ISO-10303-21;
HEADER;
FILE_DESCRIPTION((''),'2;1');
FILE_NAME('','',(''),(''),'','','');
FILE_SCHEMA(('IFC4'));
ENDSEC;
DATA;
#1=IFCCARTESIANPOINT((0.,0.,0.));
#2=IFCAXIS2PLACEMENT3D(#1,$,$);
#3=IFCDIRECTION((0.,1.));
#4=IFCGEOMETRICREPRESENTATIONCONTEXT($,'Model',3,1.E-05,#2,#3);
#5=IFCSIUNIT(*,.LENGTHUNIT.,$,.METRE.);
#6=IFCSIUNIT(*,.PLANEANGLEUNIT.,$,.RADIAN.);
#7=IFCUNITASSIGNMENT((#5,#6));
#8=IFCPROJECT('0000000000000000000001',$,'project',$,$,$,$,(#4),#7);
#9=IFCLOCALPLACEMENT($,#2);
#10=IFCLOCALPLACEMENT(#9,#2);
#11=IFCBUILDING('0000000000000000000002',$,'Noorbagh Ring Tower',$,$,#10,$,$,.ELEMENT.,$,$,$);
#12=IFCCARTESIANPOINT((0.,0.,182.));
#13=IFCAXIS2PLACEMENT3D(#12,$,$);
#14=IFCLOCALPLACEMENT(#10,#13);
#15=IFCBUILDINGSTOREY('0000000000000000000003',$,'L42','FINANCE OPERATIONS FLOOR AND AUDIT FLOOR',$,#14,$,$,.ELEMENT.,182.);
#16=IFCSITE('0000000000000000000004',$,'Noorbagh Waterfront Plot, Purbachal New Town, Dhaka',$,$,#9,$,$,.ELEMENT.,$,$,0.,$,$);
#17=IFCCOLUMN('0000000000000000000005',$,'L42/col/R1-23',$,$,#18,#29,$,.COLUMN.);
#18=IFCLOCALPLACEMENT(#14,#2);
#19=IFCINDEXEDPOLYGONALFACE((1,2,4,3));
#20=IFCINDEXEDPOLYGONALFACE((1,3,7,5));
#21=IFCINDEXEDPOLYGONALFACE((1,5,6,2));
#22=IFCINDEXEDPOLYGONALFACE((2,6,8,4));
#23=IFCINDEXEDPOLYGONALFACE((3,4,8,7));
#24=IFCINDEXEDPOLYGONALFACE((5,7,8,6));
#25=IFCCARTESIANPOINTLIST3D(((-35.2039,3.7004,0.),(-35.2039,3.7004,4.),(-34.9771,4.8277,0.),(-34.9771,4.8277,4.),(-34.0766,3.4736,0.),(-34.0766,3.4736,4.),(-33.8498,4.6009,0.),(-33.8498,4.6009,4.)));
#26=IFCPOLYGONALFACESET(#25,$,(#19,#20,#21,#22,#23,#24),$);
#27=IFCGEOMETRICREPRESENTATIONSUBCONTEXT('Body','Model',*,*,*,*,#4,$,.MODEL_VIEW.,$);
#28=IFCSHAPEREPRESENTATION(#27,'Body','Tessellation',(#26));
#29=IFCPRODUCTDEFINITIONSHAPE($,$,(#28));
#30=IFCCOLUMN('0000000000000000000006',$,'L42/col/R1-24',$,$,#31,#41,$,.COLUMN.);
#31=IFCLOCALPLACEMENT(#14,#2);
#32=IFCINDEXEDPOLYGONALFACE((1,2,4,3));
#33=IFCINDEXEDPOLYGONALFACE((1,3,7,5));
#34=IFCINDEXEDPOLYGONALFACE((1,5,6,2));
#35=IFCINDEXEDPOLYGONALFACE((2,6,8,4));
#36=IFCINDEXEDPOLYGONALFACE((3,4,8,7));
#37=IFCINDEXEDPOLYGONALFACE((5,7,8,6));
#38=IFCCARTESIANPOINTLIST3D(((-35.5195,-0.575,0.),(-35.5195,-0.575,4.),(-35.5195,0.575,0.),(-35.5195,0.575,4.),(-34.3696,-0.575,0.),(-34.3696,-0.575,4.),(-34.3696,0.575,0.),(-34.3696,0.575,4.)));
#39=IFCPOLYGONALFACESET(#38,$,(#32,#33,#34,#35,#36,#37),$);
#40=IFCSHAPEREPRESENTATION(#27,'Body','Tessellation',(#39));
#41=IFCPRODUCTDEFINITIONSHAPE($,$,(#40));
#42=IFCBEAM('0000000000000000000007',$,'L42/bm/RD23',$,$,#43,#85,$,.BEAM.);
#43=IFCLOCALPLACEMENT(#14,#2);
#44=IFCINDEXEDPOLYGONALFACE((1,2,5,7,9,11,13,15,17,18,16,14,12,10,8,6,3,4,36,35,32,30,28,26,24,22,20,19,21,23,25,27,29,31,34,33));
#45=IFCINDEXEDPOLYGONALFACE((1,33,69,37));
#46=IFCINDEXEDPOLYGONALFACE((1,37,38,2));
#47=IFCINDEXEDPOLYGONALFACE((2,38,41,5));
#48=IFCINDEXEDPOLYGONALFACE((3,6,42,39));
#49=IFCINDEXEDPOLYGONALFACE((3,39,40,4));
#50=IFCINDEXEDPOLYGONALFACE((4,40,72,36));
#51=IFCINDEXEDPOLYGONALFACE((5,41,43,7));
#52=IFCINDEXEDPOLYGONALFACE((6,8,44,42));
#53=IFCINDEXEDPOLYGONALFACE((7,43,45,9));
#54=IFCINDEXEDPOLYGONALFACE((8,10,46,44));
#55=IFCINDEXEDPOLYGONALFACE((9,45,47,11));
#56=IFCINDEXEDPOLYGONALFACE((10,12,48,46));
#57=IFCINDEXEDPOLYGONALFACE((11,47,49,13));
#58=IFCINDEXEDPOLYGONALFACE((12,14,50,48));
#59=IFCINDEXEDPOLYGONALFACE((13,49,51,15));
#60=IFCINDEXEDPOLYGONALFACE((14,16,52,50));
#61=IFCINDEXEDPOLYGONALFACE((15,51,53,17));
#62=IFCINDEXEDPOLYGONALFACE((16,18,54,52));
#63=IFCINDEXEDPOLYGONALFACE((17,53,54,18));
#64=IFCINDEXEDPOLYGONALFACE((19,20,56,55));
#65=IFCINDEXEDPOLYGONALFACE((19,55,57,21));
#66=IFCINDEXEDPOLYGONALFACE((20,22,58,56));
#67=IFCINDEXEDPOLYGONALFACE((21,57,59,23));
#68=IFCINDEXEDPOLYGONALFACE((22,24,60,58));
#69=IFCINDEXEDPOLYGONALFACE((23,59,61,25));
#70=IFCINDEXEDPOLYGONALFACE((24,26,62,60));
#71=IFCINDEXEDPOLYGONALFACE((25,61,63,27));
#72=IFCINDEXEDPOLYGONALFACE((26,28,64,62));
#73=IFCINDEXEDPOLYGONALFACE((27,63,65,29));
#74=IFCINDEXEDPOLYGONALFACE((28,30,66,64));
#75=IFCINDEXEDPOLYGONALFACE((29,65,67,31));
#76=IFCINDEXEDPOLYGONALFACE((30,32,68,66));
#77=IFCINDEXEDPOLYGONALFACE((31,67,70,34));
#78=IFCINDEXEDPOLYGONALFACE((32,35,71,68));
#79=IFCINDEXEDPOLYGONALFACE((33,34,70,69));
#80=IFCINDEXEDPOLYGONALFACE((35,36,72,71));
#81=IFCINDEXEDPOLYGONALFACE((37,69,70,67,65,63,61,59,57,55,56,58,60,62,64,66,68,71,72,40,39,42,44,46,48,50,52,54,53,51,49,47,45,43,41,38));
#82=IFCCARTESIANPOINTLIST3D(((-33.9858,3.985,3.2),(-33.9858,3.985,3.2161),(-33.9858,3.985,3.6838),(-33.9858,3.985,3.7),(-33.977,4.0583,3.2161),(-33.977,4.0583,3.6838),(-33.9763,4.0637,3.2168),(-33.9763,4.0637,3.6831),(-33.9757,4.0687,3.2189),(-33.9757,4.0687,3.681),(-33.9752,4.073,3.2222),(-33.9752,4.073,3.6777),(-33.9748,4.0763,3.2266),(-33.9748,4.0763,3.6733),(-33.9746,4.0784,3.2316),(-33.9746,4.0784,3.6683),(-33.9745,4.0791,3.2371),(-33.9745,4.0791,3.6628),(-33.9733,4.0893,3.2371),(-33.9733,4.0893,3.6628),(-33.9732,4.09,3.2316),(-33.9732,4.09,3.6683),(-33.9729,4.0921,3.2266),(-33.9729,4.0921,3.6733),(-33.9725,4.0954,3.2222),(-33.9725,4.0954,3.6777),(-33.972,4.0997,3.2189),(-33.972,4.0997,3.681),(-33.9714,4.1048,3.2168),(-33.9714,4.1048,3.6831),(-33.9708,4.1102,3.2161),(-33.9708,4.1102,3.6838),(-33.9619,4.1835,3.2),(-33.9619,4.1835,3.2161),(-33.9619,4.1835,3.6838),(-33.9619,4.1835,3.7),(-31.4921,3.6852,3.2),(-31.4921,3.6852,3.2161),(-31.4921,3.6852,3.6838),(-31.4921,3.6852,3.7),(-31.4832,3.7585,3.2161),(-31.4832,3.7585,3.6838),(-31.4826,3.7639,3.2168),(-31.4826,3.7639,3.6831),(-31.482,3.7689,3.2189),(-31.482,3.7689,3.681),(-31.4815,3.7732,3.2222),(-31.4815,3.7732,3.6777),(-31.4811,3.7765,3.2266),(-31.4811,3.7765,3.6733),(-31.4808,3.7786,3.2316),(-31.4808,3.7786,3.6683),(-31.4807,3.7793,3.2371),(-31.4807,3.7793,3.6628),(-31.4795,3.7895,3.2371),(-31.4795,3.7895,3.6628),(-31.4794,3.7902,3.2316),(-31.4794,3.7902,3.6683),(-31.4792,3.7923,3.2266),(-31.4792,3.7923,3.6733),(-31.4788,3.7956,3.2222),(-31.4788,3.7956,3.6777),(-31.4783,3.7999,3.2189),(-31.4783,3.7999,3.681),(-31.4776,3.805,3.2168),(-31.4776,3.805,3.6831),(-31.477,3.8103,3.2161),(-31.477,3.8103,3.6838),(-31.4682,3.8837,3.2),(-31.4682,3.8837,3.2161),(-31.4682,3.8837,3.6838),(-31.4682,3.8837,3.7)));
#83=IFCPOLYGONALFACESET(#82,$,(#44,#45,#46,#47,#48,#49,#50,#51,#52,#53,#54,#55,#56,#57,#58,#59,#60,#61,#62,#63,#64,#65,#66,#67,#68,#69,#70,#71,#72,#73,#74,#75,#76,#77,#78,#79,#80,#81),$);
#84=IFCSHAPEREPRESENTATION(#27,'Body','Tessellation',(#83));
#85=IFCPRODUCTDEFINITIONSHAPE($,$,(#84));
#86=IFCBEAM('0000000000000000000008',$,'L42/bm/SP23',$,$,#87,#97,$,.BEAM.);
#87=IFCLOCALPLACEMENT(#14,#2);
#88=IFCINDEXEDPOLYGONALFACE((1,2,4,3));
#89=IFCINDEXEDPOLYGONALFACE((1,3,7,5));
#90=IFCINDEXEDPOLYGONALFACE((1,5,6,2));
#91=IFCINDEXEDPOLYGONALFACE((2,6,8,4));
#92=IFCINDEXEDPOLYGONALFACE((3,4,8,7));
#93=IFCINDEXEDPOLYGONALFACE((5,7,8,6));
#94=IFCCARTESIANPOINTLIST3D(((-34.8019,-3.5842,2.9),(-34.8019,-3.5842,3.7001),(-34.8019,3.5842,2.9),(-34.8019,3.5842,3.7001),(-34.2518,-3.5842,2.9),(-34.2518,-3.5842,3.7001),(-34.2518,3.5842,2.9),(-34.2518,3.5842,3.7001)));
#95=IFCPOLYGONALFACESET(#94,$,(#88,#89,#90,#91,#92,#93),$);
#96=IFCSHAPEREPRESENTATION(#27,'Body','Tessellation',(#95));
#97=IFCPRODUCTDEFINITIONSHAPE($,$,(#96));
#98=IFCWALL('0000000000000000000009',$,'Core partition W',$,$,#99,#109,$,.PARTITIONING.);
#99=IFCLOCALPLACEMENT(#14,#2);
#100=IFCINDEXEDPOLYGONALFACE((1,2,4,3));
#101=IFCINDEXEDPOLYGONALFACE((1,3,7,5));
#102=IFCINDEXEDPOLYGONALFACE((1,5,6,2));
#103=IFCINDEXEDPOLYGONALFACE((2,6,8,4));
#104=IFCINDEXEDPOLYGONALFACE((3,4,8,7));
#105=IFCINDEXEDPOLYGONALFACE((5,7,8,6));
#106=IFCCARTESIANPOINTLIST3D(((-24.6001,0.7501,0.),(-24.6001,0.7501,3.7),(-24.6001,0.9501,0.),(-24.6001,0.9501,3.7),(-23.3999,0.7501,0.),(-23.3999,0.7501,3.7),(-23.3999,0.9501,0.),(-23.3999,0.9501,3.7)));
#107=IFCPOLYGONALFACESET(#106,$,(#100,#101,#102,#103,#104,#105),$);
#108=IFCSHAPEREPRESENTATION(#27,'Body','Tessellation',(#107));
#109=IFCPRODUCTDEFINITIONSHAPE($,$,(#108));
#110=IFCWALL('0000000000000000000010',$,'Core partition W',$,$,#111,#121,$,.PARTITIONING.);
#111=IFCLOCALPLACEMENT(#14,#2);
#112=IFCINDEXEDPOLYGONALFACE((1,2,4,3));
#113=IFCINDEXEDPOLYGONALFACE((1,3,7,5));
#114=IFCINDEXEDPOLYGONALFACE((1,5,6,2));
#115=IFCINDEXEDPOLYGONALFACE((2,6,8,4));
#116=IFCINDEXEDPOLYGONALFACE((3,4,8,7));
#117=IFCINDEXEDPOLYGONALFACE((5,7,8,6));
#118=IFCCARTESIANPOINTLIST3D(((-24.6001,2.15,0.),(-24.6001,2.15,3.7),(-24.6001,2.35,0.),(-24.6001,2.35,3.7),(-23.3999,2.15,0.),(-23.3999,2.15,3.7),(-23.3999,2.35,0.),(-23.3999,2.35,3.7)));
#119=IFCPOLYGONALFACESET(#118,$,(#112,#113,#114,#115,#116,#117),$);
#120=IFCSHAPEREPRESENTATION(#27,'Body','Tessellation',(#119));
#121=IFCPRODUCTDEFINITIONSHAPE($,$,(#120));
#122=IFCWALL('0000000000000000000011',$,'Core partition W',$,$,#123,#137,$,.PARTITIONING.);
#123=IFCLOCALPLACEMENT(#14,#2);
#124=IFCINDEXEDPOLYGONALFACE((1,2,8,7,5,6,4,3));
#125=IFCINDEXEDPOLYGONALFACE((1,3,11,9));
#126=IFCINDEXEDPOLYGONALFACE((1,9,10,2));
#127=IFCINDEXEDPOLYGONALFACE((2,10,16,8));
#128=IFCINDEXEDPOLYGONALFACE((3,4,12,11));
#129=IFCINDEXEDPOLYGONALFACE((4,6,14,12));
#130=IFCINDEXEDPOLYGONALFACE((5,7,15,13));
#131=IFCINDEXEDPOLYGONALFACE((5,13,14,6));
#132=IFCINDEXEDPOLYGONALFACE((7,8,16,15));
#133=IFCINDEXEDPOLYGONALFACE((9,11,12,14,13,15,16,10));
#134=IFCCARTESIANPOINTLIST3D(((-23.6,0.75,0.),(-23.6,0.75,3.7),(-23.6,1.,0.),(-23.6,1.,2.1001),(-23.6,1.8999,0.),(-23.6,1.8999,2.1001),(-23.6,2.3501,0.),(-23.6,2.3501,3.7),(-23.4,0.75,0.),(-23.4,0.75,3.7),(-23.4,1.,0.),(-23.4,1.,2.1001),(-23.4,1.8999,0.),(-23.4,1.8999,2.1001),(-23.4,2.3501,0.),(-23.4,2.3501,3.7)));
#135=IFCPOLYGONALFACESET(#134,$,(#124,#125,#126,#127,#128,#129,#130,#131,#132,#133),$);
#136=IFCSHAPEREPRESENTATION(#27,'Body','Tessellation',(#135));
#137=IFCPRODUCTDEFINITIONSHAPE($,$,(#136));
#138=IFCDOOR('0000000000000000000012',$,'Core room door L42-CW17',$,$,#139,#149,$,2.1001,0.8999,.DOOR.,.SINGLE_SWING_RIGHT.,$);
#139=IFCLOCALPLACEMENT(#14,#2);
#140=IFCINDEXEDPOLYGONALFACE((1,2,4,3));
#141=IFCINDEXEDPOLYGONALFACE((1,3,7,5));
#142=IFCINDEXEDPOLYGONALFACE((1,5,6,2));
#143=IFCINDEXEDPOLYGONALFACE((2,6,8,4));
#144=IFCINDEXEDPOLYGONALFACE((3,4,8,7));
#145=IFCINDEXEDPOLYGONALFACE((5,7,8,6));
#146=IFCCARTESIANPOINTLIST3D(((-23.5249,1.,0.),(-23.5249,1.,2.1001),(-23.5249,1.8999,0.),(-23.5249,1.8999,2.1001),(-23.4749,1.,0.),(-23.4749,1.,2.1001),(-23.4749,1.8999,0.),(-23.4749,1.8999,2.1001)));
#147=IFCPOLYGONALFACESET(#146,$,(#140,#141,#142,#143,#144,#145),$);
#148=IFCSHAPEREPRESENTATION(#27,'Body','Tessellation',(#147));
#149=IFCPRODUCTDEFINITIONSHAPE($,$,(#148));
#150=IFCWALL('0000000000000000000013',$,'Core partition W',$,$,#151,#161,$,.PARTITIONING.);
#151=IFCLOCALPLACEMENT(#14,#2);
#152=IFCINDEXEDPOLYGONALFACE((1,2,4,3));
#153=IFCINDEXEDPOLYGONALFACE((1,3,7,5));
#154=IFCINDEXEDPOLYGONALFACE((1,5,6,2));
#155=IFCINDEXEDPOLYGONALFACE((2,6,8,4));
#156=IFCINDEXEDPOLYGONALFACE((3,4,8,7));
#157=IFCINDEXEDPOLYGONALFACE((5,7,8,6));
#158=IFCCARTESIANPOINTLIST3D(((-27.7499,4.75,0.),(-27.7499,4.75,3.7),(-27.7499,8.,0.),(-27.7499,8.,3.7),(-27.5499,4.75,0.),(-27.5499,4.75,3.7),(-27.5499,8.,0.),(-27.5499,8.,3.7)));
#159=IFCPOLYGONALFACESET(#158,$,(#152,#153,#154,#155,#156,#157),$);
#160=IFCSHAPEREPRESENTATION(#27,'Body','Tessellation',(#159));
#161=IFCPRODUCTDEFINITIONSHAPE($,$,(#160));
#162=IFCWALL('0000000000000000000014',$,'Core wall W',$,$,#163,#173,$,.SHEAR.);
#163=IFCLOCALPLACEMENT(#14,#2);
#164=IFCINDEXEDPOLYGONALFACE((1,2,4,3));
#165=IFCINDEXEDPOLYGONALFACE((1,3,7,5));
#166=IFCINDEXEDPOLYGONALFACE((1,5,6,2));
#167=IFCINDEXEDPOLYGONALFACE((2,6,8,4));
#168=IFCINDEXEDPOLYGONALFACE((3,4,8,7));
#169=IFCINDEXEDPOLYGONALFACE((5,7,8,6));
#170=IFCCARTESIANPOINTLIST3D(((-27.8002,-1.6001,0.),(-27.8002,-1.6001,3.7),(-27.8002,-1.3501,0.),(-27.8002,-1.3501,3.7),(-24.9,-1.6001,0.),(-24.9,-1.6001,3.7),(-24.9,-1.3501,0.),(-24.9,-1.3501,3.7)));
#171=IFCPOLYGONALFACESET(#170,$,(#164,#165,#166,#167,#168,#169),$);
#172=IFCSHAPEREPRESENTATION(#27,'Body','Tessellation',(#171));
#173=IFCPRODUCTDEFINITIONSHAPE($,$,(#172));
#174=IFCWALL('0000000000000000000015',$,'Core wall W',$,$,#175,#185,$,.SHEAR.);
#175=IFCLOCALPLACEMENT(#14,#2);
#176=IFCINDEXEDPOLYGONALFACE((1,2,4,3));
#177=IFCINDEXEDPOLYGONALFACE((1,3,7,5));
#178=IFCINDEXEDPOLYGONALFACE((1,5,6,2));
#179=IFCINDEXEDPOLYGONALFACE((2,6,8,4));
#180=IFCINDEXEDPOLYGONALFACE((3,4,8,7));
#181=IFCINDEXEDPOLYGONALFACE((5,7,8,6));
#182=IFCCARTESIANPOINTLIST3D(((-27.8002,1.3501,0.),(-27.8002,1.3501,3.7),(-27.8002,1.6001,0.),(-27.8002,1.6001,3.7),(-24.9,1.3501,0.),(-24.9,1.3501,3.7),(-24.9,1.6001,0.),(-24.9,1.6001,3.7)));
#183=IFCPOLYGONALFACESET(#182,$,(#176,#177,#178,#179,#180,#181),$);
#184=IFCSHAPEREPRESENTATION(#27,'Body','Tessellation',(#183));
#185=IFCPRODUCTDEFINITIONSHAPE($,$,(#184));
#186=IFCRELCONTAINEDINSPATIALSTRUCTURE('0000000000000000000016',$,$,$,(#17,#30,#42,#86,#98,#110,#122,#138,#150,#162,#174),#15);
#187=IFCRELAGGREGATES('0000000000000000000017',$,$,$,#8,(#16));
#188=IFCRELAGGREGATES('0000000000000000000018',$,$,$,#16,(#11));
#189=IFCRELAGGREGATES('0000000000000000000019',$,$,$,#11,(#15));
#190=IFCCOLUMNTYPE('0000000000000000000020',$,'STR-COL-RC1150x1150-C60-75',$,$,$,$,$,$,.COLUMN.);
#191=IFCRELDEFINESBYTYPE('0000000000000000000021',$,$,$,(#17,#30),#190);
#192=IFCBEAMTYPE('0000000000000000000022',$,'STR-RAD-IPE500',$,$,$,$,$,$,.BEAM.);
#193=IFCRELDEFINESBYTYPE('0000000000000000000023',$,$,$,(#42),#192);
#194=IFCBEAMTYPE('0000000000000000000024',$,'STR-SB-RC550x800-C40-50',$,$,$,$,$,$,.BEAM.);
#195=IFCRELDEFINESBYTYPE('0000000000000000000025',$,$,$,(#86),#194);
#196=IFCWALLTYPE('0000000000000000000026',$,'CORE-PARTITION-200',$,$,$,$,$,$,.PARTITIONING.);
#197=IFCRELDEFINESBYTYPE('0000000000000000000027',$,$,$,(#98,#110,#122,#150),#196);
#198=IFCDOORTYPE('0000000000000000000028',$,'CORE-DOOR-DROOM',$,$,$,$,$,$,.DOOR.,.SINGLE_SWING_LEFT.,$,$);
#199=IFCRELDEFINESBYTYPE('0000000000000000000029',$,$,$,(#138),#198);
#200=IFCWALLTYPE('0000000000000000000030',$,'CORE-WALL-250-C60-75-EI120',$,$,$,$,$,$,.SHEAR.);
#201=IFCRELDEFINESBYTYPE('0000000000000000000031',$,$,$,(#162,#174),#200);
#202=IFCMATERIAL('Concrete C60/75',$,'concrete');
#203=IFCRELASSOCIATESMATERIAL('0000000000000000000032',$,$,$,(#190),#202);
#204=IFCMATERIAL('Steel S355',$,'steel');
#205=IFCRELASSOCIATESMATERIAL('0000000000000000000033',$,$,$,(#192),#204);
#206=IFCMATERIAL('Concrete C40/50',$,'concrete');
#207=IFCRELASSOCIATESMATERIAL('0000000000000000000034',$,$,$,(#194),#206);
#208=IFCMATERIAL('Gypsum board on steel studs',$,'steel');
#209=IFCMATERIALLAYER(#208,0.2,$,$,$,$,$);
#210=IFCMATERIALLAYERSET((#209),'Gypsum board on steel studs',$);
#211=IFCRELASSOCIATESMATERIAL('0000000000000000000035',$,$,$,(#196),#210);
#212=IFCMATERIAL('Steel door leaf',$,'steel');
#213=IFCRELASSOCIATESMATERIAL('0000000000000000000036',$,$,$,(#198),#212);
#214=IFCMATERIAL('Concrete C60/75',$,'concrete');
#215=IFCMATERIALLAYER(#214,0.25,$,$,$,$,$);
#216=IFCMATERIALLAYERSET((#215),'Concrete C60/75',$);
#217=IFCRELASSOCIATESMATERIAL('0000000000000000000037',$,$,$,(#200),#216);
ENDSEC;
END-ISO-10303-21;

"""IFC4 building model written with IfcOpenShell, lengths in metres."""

from ifc_helpers import new_model, si_unit, direction, frame, frame_2d, origin, origin_2d, place, context, subcontext, project, spatial, rectangle, i_section, extrude, material, layer, layer_set, material_profile, profile_set, type_object, element, fill, save


model = new_model("IFC4")

# Units and contexts
model_context = context("Model", 3, precision=1e-05, world=origin(), true_north=direction((0.0, 1.0)))
body_context = subcontext(model_context, "Body", "Model", "MODEL_VIEW")
ifc_project = project(units=[si_unit("LENGTHUNIT", "METRE"), si_unit("PLANEANGLEUNIT", "RADIAN")], contexts=[model_context])

# Site, building, storey
site_placement = place(None, origin())
site = spatial("IfcSite", under=ifc_project, at=site_placement, Name="Noorbagh Waterfront Plot, Purbachal New Town, Dhaka", CompositionType="ELEMENT", RefElevation=0.0)
building_placement = place(site_placement, origin())
building = spatial("IfcBuilding", under=site, at=building_placement, Name="Noorbagh Ring Tower", CompositionType="ELEMENT")
storey_placement = place(building_placement, frame((0.0, 0.0, 182.0)))
storey = spatial("IfcBuildingStorey", under=building, at=storey_placement, Name="L42", Description="FINANCE OPERATIONS FLOOR AND AUDIT FLOOR", CompositionType="ELEMENT", Elevation=182.0)

# Columns
ifc_material_1 = material(Name="Concrete C60/75", Category="concrete")
ifc_material_profile_1 = material_profile(ifc_material_1, rectangle(XDim=1.1499, YDim=1.1499, at=origin_2d()), Name="RC1150x1150")
ifc_profile_set_1 = profile_set([ifc_material_profile_1], Name="Concrete C60/75")
column_type = type_object("IfcColumnType", Name="STR-COL-RC1150x1150-C60-75", PredefinedType="COLUMN", material=ifc_profile_set_1)
for number, where, z_axis, x_axis, name in (
    (1, (-34.5269, 4.1506, 0.0), (0.0, 0.0, 1.0), (-0.19723, -0.980357, 0.0), "L42/col/R1-23"),
    (2, (-34.9446, 0.0, 0.0), (0.0, 0.0, 1.0), (0.0, -1.0, 0.0), "L42/col/R1-24"),
):
    element("IfcColumn", number, at=place(storey_placement, frame(where, z_axis=z_axis, x_axis=x_axis)), inside=storey, type_object=column_type, Name=name, PredefinedType="COLUMN", context=body_context, shape_type="SweptSolid", body=[
        extrude(rectangle(XDim=1.1499, YDim=1.1499, at=origin_2d()), origin(), (0.0, 0.0, 1.0), 4.0),
    ])

# Beams
ifc_material_2 = material(Name="Steel S355", Category="steel")
ifc_material_profile_2 = material_profile(ifc_material_2, i_section(OverallWidth=0.2, OverallDepth=0.5, WebThickness=0.0103, FlangeThickness=0.0161, FilletRadius=0.021, at=origin_2d()), Name="IPE500")
ifc_profile_set_2 = profile_set([ifc_material_profile_2], Name="Steel S355")
beam_type_1 = type_object("IfcBeamType", Name="STR-RAD-IPE500", PredefinedType="BEAM", material=ifc_profile_set_2)
beam_1_placement = place(storey_placement, frame((-33.9739, 4.0842, 3.45), z_axis=(0.99285, -0.119368, 0.0), x_axis=(0.119368, 0.99285, 0.0)))
element("IfcBeam", 3, at=beam_1_placement, inside=storey, type_object=beam_type_1, Name="L42/bm/RD23", PredefinedType="BEAM", context=body_context, shape_type="SweptSolid", body=[
    extrude(i_section(OverallWidth=0.2, OverallDepth=0.5, WebThickness=0.0103, FlangeThickness=0.0161, FilletRadius=0.021, at=origin_2d()), origin(), (0.0, 0.0, 1.0), 2.5117),
])
ifc_material_3 = material(Name="Concrete C40/50", Category="concrete")
ifc_material_profile_3 = material_profile(ifc_material_3, rectangle(XDim=0.55, YDim=0.8, at=origin_2d()), Name="RC550x800")
ifc_profile_set_3 = profile_set([ifc_material_profile_3], Name="Concrete C40/50")
beam_type_2 = type_object("IfcBeamType", Name="STR-SB-RC550x800-C40-50", PredefinedType="BEAM", material=ifc_profile_set_3)
beam_2_placement = place(storey_placement, frame((-34.5269, 3.5842, 3.3), z_axis=(0.0, -1.0, 0.0), x_axis=(1.0, 0.0, 0.0)))
element("IfcBeam", 4, at=beam_2_placement, inside=storey, type_object=beam_type_2, Name="L42/bm/SP23", PredefinedType="BEAM", context=body_context, shape_type="SweptSolid", body=[
    extrude(rectangle(XDim=0.55, YDim=0.8, at=origin_2d()), origin(), (0.0, 0.0, 1.0), 7.1685),
])

# Walls
ifc_material_4 = material(Name="Gypsum board on steel studs", Category="steel")
ifc_layer_1 = layer(ifc_material_4, 0.2)
ifc_layer_set_1 = layer_set([ifc_layer_1], Name="Gypsum board on steel studs")
wall_type_1 = type_object("IfcWallType", Name="CORE-PARTITION-200", PredefinedType="PARTITIONING", material=ifc_layer_set_1)
for number, where, z_axis, x_axis, name in (
    (5, (-23.3999, 0.8501, 0.0), (0.0, 0.0, 1.0), (-1.0, 0.0, 0.0), "Core partition W"),
    (6, (-23.3999, 2.25, 0.0), (0.0, 0.0, 1.0), (-1.0, 0.0, 0.0), "Core partition W"),
):
    element("IfcWall", number, at=place(storey_placement, frame(where, z_axis=z_axis, x_axis=x_axis)), inside=storey, type_object=wall_type_1, Name=name, PredefinedType="PARTITIONING", context=body_context, shape_type="SweptSolid", body=[
        extrude(rectangle(XDim=1.2002, YDim=0.2, at=frame_2d((0.6001, 0.0))), origin(), (0.0, 0.0, 1.0), 3.7),
    ])

# Wall, opening, door
wall_1_placement = place(storey_placement, frame((-23.5, 0.75, 0.0), z_axis=(0.0, 0.0, 1.0), x_axis=(0.0, 1.0, 0.0)))
wall_1 = element("IfcWall", 7, at=wall_1_placement, inside=storey, type_object=wall_type_1, Name="Core partition W", PredefinedType="PARTITIONING", context=body_context, shape_type="SweptSolid", body=[
    extrude(rectangle(XDim=1.6001, YDim=0.2, at=frame_2d((0.8, 0.0))), origin(), (0.0, 0.0, 1.0), 3.7),
])
opening_1_placement = place(wall_1_placement, frame((0.25, 0.0, 0.0)))
opening_1 = element("IfcOpeningElement", 8, at=opening_1_placement, cuts=wall_1, PredefinedType="OPENING", context=body_context, shape_type="SweptSolid", body=[
    extrude(rectangle(XDim=0.8999, YDim=2.1001, at=frame_2d((0.45, 1.05))), frame((0.0, 0.1099, 0.0), z_axis=(0.0, -1.0, 0.0), x_axis=(1.0, 0.0, 0.0)), (0.0, 0.0, 1.0), 0.22),
])
ifc_material_5 = material(Name="Steel door leaf", Category="steel")
door_type_1 = type_object("IfcDoorType", Name="CORE-DOOR-DROOM", OperationType="SINGLE_SWING_LEFT", PredefinedType="DOOR", material=ifc_material_5)
door_1_placement = place(opening_1_placement, origin())
door_1 = element("IfcDoor", 9, at=door_1_placement, inside=storey, type_object=door_type_1, Name="Core room door L42-CW17", OperationType="SINGLE_SWING_RIGHT", OverallHeight=2.1001, OverallWidth=0.8999, PredefinedType="DOOR", context=body_context, shape_type="SweptSolid", body=[
    extrude(rectangle(XDim=0.8999, YDim=2.1001, at=frame_2d((0.45, 1.05))), frame((0.0, 0.0249, 0.0), z_axis=(0.0, -1.0, 0.0), x_axis=(1.0, 0.0, 0.0)), (0.0, 0.0, 1.0), 0.05),
])
fill(opening_1, door_1)

# Walls
wall_2_placement = place(storey_placement, frame((-27.6499, 4.75, 0.0), z_axis=(0.0, 0.0, 1.0), x_axis=(0.0, 1.0, 0.0)))
element("IfcWall", 10, at=wall_2_placement, inside=storey, type_object=wall_type_1, Name="Core partition W", PredefinedType="PARTITIONING", context=body_context, shape_type="SweptSolid", body=[
    extrude(rectangle(XDim=3.25, YDim=0.2, at=frame_2d((1.625, 0.0))), origin(), (0.0, 0.0, 1.0), 3.7),
])
ifc_material_6 = material(Name="Concrete C60/75", Category="concrete")
ifc_layer_2 = layer(ifc_material_6, 0.25)
ifc_layer_set_2 = layer_set([ifc_layer_2], Name="Concrete C60/75")
wall_type_2 = type_object("IfcWallType", Name="CORE-WALL-250-C60-75-EI120", PredefinedType="SHEAR", material=ifc_layer_set_2)
for number, where, z_axis, x_axis, name in (
    (11, (-24.8999, -1.4751, 0.0), (0.0, 0.0, 1.0), (-1.0, 0.0, 0.0), "Core wall W"),
    (12, (-24.8999, 1.4751, 0.0), (0.0, 0.0, 1.0), (-1.0, 0.0, 0.0), "Core wall W"),
):
    element("IfcWall", number, at=place(storey_placement, frame(where, z_axis=z_axis, x_axis=x_axis)), inside=storey, type_object=wall_type_2, Name=name, PredefinedType="SHEAR", context=body_context, shape_type="SweptSolid", body=[
        extrude(rectangle(XDim=2.9001, YDim=0.25, at=frame_2d((1.4502, 0.0))), origin(), (0.0, 0.0, 1.0), 3.7),
    ])

save(model, "model.ifc")
